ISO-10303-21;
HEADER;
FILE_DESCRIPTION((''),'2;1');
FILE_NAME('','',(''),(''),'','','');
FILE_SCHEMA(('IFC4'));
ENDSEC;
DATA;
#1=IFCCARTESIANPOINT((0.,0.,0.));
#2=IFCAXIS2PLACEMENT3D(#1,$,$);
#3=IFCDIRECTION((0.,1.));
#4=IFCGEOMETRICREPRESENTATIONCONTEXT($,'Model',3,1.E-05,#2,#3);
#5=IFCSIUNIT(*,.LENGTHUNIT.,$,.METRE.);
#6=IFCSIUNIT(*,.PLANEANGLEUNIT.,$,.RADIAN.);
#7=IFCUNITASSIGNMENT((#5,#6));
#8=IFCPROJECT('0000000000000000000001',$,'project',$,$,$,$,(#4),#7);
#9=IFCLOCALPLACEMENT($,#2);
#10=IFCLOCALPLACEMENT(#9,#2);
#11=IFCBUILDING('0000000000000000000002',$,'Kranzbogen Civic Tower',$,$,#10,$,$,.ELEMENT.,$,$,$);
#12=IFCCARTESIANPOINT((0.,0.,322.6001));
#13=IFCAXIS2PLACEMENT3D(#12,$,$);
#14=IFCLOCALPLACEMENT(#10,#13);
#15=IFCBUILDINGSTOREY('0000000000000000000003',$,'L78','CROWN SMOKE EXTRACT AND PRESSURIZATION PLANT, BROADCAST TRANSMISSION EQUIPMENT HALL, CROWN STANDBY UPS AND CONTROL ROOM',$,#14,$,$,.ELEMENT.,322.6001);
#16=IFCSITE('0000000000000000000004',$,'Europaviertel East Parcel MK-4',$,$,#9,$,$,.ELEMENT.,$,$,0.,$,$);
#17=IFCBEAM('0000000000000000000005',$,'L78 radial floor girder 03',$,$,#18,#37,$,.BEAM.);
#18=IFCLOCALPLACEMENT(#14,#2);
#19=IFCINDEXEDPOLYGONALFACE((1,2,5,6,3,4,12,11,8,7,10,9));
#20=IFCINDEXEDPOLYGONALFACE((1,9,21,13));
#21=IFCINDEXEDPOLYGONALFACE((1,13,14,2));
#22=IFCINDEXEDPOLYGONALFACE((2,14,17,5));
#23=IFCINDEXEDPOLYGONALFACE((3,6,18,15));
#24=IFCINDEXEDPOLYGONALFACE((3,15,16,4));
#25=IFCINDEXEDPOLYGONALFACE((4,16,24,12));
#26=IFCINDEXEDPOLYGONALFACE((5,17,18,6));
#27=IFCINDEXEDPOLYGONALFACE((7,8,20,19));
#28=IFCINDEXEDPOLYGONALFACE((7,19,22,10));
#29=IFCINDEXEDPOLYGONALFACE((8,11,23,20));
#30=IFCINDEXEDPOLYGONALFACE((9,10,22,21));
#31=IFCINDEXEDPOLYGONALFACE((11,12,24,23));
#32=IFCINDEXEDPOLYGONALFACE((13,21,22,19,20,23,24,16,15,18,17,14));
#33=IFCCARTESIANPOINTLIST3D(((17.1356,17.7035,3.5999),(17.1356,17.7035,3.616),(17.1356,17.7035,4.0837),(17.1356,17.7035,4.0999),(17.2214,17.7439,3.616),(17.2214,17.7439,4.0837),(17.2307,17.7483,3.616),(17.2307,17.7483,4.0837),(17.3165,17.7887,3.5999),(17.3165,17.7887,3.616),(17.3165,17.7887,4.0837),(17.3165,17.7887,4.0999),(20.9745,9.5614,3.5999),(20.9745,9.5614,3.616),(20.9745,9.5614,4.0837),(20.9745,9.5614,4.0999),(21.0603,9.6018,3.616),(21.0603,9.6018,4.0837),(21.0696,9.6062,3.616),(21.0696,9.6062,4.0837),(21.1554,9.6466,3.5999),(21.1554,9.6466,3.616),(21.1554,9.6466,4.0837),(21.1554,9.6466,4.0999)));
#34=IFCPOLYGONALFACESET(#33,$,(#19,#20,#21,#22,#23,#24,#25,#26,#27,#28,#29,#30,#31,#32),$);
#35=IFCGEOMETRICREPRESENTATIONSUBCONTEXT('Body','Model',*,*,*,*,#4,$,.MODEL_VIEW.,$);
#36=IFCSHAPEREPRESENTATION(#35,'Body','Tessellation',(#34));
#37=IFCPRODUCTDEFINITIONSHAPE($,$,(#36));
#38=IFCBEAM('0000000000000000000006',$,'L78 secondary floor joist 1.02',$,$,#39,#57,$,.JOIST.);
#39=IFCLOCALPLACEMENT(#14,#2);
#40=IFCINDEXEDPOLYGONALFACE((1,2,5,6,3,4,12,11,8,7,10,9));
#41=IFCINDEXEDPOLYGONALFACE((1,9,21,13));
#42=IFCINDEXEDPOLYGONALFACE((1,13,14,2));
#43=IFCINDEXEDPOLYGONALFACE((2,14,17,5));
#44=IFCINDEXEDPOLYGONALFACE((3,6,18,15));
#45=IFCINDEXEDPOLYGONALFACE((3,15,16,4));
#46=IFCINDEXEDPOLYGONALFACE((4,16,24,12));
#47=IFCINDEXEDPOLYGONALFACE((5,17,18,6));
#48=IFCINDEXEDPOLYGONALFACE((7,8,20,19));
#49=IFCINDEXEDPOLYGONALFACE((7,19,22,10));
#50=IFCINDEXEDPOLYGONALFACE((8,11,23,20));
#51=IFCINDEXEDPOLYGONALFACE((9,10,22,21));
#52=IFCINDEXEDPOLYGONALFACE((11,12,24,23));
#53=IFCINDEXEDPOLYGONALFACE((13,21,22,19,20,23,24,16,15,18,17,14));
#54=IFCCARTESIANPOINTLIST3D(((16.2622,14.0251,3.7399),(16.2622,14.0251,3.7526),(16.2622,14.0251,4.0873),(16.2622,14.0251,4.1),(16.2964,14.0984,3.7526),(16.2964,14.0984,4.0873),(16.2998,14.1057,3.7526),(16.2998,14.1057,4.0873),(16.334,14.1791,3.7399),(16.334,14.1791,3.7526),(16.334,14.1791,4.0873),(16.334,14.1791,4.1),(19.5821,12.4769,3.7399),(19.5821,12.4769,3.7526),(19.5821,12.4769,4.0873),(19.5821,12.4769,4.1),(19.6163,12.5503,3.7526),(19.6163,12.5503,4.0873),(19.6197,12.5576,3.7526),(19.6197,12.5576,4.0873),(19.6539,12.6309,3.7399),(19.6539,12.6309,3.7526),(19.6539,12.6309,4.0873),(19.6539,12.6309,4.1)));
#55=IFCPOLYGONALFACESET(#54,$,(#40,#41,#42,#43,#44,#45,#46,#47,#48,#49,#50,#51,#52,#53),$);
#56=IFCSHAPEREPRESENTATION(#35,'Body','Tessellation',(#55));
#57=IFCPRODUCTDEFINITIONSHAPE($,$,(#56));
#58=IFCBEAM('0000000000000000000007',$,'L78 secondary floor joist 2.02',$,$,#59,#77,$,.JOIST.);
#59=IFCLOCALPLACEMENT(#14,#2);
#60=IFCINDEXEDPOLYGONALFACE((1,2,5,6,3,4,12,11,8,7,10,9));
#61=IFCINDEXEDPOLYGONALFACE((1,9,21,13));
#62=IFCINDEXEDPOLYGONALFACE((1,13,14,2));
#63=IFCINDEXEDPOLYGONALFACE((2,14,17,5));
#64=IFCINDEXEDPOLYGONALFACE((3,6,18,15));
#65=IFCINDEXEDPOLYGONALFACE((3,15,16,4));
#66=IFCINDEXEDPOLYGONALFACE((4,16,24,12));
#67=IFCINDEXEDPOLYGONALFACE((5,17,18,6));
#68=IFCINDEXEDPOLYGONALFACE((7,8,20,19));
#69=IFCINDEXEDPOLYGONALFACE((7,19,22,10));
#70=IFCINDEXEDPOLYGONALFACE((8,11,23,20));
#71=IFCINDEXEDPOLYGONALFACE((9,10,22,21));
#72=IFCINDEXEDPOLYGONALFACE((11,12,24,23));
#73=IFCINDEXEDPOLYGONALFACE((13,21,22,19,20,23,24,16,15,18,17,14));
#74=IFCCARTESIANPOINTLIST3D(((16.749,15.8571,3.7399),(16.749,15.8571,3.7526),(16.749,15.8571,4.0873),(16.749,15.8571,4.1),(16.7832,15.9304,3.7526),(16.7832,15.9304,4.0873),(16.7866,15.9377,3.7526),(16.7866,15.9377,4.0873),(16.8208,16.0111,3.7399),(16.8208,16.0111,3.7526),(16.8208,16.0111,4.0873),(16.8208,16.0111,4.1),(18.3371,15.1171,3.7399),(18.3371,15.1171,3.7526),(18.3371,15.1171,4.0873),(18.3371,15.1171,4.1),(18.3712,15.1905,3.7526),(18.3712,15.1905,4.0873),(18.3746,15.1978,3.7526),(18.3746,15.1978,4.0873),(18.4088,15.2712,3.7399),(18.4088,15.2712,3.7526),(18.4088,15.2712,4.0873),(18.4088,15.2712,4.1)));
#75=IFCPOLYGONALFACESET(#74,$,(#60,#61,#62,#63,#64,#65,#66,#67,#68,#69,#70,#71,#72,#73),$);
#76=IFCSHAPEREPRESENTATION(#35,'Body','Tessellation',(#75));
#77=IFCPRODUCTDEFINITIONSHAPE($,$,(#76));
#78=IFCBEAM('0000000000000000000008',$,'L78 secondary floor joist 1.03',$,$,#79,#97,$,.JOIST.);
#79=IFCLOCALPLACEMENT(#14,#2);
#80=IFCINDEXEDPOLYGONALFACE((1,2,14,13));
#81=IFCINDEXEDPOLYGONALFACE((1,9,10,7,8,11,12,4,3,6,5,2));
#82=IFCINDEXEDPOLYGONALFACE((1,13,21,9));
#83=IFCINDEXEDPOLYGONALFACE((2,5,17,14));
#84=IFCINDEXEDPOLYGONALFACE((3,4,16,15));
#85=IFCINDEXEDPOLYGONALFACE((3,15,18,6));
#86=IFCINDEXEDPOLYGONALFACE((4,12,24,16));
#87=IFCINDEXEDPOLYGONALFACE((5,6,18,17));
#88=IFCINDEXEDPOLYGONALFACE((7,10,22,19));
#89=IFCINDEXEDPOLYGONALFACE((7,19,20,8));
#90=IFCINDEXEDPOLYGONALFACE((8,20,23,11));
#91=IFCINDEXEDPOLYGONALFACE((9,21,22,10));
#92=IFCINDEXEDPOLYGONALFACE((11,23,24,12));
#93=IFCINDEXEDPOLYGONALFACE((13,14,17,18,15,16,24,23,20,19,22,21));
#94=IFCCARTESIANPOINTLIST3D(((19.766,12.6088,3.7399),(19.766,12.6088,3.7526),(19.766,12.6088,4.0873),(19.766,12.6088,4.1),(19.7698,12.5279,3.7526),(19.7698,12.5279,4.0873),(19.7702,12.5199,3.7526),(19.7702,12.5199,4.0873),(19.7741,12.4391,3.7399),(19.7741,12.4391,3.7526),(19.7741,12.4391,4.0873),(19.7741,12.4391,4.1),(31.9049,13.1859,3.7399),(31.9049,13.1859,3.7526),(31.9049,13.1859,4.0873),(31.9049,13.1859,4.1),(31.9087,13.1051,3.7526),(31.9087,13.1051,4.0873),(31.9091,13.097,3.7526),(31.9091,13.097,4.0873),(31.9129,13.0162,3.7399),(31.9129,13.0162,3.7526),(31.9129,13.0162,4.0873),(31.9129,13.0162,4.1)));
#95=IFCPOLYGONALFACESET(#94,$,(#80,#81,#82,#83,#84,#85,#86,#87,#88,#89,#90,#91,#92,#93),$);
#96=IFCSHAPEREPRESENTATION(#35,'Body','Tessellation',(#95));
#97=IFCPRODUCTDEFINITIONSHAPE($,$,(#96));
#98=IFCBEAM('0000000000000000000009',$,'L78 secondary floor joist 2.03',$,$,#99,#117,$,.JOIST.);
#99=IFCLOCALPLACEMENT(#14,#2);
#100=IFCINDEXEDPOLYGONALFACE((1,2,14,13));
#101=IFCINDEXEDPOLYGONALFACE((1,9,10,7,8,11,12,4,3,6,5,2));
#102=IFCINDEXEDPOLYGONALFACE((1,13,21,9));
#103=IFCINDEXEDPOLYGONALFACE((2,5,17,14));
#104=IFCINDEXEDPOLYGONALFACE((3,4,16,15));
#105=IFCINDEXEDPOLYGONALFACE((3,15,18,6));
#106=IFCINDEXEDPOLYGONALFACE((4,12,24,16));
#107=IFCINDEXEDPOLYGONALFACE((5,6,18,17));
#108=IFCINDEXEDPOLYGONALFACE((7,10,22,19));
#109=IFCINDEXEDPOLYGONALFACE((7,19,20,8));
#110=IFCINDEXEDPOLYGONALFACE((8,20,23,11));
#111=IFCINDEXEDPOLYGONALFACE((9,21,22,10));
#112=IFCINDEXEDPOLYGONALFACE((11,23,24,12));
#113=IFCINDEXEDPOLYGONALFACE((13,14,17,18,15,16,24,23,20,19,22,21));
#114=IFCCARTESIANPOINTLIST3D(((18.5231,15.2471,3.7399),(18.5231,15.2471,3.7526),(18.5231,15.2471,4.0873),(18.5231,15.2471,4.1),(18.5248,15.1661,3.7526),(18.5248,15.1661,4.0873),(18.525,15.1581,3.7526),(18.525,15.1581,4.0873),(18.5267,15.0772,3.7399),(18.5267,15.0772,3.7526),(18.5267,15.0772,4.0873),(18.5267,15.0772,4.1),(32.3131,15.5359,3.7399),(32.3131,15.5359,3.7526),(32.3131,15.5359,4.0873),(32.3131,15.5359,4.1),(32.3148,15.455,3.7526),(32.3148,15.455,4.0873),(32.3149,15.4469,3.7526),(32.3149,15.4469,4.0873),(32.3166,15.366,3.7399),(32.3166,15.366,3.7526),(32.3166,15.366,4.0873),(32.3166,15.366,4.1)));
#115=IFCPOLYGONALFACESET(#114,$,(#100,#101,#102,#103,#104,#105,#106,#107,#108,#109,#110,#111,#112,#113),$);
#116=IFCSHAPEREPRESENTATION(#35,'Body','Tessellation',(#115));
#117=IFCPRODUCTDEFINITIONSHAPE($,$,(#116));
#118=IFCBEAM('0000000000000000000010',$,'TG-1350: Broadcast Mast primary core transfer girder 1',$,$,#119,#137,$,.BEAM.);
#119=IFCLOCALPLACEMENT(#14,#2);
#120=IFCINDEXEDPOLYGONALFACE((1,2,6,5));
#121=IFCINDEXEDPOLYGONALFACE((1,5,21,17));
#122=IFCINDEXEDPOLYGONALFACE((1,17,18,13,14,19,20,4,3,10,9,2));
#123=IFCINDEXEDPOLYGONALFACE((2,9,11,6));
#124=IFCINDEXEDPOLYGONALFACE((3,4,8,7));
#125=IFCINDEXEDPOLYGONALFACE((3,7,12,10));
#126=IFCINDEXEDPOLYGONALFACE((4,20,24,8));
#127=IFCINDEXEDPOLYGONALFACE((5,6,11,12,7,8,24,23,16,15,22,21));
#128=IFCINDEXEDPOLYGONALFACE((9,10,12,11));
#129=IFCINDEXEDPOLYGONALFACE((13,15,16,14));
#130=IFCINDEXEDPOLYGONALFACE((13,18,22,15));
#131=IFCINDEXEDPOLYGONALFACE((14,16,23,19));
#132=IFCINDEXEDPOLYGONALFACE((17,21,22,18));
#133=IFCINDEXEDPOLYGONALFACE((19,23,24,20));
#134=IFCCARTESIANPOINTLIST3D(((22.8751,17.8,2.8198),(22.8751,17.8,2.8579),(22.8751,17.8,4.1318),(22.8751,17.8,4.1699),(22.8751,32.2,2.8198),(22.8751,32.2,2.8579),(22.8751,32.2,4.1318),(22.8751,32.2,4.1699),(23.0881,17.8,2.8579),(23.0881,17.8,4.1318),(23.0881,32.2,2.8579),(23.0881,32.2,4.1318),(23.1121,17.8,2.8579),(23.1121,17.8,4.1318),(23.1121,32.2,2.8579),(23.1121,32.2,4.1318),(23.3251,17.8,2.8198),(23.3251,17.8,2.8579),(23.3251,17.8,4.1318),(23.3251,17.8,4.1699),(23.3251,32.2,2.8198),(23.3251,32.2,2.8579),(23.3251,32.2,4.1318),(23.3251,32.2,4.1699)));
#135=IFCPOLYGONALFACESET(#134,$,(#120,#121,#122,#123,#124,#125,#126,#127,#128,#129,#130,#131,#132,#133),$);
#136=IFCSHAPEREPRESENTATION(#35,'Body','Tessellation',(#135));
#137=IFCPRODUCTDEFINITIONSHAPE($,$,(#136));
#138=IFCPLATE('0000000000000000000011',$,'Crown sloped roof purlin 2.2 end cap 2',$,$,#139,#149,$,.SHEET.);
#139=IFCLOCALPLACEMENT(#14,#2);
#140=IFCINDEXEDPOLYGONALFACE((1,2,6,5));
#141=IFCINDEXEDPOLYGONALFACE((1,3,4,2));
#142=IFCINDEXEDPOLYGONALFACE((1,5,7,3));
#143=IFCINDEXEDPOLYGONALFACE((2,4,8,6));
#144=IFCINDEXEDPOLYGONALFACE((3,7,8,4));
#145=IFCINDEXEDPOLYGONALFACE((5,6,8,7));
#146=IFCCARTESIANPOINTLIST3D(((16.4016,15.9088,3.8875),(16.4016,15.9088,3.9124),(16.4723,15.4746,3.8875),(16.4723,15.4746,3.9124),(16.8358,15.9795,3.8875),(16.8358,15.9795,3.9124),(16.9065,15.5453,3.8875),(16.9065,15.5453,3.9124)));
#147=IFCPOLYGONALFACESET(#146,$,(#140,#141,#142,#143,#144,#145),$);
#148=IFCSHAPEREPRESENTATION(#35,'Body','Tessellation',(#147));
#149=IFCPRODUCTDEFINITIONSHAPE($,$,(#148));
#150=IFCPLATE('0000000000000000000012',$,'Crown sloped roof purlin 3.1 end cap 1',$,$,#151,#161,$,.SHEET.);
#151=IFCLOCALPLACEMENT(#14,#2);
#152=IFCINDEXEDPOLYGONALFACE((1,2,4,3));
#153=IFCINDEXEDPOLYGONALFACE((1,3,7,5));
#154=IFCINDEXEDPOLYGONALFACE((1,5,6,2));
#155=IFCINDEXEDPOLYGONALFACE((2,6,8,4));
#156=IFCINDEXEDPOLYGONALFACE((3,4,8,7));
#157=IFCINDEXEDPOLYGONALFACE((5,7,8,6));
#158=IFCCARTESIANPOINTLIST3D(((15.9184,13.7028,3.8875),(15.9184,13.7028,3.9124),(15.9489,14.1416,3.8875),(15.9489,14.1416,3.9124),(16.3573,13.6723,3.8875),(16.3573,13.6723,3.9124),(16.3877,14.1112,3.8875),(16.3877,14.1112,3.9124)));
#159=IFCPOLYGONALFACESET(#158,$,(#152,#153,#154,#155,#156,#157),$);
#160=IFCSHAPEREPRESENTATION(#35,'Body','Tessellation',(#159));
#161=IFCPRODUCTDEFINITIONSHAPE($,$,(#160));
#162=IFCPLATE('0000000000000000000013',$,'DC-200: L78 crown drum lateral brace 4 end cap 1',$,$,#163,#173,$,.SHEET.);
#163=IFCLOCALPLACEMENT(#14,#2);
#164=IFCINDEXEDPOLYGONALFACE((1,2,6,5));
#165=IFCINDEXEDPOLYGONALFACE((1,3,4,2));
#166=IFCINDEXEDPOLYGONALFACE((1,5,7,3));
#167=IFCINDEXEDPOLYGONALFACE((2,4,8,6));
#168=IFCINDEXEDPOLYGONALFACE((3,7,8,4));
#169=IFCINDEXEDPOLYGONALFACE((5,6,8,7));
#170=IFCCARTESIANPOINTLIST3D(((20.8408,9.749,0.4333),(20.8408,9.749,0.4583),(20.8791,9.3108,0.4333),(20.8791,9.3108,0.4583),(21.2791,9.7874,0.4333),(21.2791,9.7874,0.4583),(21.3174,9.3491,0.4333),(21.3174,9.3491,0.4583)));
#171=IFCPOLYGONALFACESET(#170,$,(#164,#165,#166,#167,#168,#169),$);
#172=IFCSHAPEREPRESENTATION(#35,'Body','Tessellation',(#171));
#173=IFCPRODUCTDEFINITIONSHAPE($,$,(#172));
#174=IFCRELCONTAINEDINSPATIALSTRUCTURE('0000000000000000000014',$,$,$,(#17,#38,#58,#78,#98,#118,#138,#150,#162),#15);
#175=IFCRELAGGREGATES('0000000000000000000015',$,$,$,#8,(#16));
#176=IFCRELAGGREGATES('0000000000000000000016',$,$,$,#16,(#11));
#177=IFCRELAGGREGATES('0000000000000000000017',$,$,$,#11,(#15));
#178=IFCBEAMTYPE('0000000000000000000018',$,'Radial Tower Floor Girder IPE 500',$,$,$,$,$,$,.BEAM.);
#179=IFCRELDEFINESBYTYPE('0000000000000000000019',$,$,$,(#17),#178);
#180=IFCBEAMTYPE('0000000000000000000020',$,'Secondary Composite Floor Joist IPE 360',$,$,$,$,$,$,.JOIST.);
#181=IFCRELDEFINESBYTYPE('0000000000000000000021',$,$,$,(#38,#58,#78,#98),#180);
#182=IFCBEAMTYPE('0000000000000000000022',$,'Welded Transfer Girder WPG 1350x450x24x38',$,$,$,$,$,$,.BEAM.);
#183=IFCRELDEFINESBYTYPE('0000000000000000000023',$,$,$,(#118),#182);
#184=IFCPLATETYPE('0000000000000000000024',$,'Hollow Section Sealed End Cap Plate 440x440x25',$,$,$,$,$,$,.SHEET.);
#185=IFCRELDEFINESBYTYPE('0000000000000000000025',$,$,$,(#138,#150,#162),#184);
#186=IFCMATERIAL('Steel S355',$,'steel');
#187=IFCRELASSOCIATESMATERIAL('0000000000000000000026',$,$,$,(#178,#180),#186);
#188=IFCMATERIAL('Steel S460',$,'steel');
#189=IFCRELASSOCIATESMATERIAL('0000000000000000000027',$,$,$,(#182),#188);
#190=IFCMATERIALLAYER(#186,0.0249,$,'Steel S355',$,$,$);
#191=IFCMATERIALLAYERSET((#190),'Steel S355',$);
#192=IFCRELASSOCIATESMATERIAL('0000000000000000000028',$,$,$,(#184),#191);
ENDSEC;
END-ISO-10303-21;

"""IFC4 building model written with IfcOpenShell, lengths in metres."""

from ifc_helpers import new_model, si_unit, direction, frame, origin, origin_2d, place, context, subcontext, project, spatial, rectangle, i_section, extrude, material, layer, layer_set, material_profile, profile_set, type_object, element, save


model = new_model("IFC4")

# Units and contexts
model_context = context("Model", 3, precision=1e-05, world=origin(), true_north=direction((0.0, 1.0)))
body_context = subcontext(model_context, "Body", "Model", "MODEL_VIEW")
ifc_project = project(units=[si_unit("LENGTHUNIT", "METRE"), si_unit("PLANEANGLEUNIT", "RADIAN")], contexts=[model_context])

# Site, building, storey
site_placement = place(None, origin())
site = spatial("IfcSite", under=ifc_project, at=site_placement, Name="Europaviertel East Parcel MK-4", CompositionType="ELEMENT", RefElevation=0.0)
building_placement = place(site_placement, origin())
building = spatial("IfcBuilding", under=site, at=building_placement, Name="Kranzbogen Civic Tower", CompositionType="ELEMENT")
storey_placement = place(building_placement, frame((0.0, 0.0, 322.6001)))
storey = spatial("IfcBuildingStorey", under=building, at=storey_placement, Name="L78", Description="CROWN SMOKE EXTRACT AND PRESSURIZATION PLANT, BROADCAST TRANSMISSION EQUIPMENT HALL, CROWN STANDBY UPS AND CONTROL ROOM", CompositionType="ELEMENT", Elevation=322.6001)

# Shared definitions
ifc_material_1 = material(Name="Steel S355", Category="steel")

# Beams
ifc_material_profile_1 = material_profile(ifc_material_1, i_section(OverallWidth=0.2, OverallDepth=0.5, WebThickness=0.0103, FlangeThickness=0.0161, at=origin_2d()), Name="IPE 500")
ifc_profile_set_1 = profile_set([ifc_material_profile_1], Name="Steel S355")
beam_type_1 = type_object("IfcBeamType", Name="Radial Tower Floor Girder IPE 500", PredefinedType="BEAM", material=ifc_profile_set_1)
beam_1_placement = place(storey_placement, frame((21.0649, 9.604, 3.8499), z_axis=(-0.42646, 0.904506, 0.0), x_axis=(-0.904506, -0.42646, 0.0)))
element("IfcBeam", 1, at=beam_1_placement, inside=storey, type_object=beam_type_1, Name="L78 radial floor girder 03", PredefinedType="BEAM", context=body_context, shape_type="SweptSolid", body=[
    extrude(i_section(OverallWidth=0.2, OverallDepth=0.5, WebThickness=0.0103, FlangeThickness=0.0161, at=origin_2d()), origin(), (0.0, 0.0, 1.0), 9.0017),
])
ifc_material_profile_2 = material_profile(ifc_material_1, i_section(OverallWidth=0.1699, OverallDepth=0.3601, WebThickness=0.0081, FlangeThickness=0.0127, at=origin_2d()), Name="IPE 360")
ifc_profile_set_2 = profile_set([ifc_material_profile_2], Name="Steel S355")
beam_type_2 = type_object("IfcBeamType", Name="Secondary Composite Floor Joist IPE 360", PredefinedType="JOIST", material=ifc_profile_set_2)
beam_2_placement = place(storey_placement, frame((16.2981, 14.1021, 3.9199), z_axis=(0.906304, -0.422626, 0.0), x_axis=(0.422626, 0.906304, 0.0)))
element("IfcBeam", 2, at=beam_2_placement, inside=storey, type_object=beam_type_2, Name="L78 secondary floor joist 1.02", PredefinedType="JOIST", context=body_context, shape_type="SweptSolid", body=[
    extrude(i_section(OverallWidth=0.1699, OverallDepth=0.3601, WebThickness=0.0081, FlangeThickness=0.0127, at=origin_2d()), origin(), (0.0, 0.0, 1.0), 3.6631),
])
beam_3_placement = place(storey_placement, frame((16.7849, 15.9341, 3.9199), z_axis=(0.906432, -0.422351, 0.0), x_axis=(0.422351, 0.906432, 0.0)))
element("IfcBeam", 3, at=beam_3_placement, inside=storey, type_object=beam_type_2, Name="L78 secondary floor joist 2.02", PredefinedType="JOIST", context=body_context, shape_type="SweptSolid", body=[
    extrude(i_section(OverallWidth=0.1699, OverallDepth=0.3601, WebThickness=0.0081, FlangeThickness=0.0127, at=origin_2d()), origin(), (0.0, 0.0, 1.0), 1.752),
])
beam_4_placement = place(storey_placement, frame((19.77, 12.5239, 3.9199), z_axis=(0.998872, 0.047492, 0.0), x_axis=(-0.047492, 0.998872, 0.0)))
element("IfcBeam", 4, at=beam_4_placement, inside=storey, type_object=beam_type_2, Name="L78 secondary floor joist 1.03", PredefinedType="JOIST", context=body_context, shape_type="SweptSolid", body=[
    extrude(i_section(OverallWidth=0.1699, OverallDepth=0.3601, WebThickness=0.0081, FlangeThickness=0.0127, at=origin_2d()), origin(), (0.0, 0.0, 1.0), 12.1526),
])
beam_5_placement = place(storey_placement, frame((18.5249, 15.1621, 3.9199), z_axis=(0.999781, 0.020939, 0.0), x_axis=(-0.020939, 0.999781, 0.0)))
element("IfcBeam", 5, at=beam_5_placement, inside=storey, type_object=beam_type_2, Name="L78 secondary floor joist 2.03", PredefinedType="JOIST", context=body_context, shape_type="SweptSolid", body=[
    extrude(i_section(OverallWidth=0.1699, OverallDepth=0.3601, WebThickness=0.0081, FlangeThickness=0.0127, at=origin_2d()), origin(), (0.0, 0.0, 1.0), 13.793),
])
ifc_material_2 = material(Name="Steel S460", Category="steel")
ifc_material_profile_3 = material_profile(ifc_material_2, i_section(OverallWidth=0.45, OverallDepth=1.3501, WebThickness=0.0239, FlangeThickness=0.0381, at=origin_2d()), Name="WPG 1350x450x24x38")
ifc_profile_set_3 = profile_set([ifc_material_profile_3], Name="Steel S460")
beam_type_3 = type_object("IfcBeamType", Name="Welded Transfer Girder WPG 1350x450x24x38", PredefinedType="BEAM", material=ifc_profile_set_3)
beam_6_placement = place(storey_placement, frame((23.1001, 17.8, 3.4949), z_axis=(0.0, 1.0, 0.0), x_axis=(-1.0, 0.0, 0.0)))
element("IfcBeam", 6, at=beam_6_placement, inside=storey, type_object=beam_type_3, Name="TG-1350: Broadcast Mast primary core transfer girder 1", PredefinedType="BEAM", context=body_context, shape_type="SweptSolid", body=[
    extrude(i_section(OverallWidth=0.45, OverallDepth=1.3501, WebThickness=0.0239, FlangeThickness=0.0381, at=origin_2d()), origin(), (0.0, 0.0, 1.0), 14.3999),
])

# Plates
ifc_layer_1 = layer(ifc_material_1, 0.0249, Name="Steel S355")
ifc_layer_set_1 = layer_set([ifc_layer_1], Name="Steel S355")
plate_type = type_object("IfcPlateType", Name="Hollow Section Sealed End Cap Plate 440x440x25", PredefinedType="SHEET", material=ifc_layer_set_1)
for number, where, z_axis, x_axis, name in (
    (7, (16.6541, 15.7271, 3.8875), (0.0, 0.0, 1.0), (0.160656, -0.98701, 0.0), "Crown sloped roof purlin 2.2 end cap 2"),
    (8, (16.1531, 13.907, 3.8875), (0.0, 0.0, 1.0), (0.997603, -0.069199, 0.0), "Crown sloped roof purlin 3.1 end cap 1"),
    (9, (21.0791, 9.5491, 0.4333), (0.0, 0.0, 1.0), (0.996192, 0.087191, 0.0), "DC-200: L78 crown drum lateral brace 4 end cap 1"),
):
    element("IfcPlate", number, at=place(storey_placement, frame(where, z_axis=z_axis, x_axis=x_axis)), inside=storey, type_object=plate_type, Name=name, PredefinedType="SHEET", context=body_context, shape_type="SweptSolid", body=[
        extrude(rectangle(XDim=0.4399, YDim=0.4399, at=origin_2d()), origin(), (0.0, 0.0, 1.0), 0.0249),
    ])

save(model, "model.ifc")
